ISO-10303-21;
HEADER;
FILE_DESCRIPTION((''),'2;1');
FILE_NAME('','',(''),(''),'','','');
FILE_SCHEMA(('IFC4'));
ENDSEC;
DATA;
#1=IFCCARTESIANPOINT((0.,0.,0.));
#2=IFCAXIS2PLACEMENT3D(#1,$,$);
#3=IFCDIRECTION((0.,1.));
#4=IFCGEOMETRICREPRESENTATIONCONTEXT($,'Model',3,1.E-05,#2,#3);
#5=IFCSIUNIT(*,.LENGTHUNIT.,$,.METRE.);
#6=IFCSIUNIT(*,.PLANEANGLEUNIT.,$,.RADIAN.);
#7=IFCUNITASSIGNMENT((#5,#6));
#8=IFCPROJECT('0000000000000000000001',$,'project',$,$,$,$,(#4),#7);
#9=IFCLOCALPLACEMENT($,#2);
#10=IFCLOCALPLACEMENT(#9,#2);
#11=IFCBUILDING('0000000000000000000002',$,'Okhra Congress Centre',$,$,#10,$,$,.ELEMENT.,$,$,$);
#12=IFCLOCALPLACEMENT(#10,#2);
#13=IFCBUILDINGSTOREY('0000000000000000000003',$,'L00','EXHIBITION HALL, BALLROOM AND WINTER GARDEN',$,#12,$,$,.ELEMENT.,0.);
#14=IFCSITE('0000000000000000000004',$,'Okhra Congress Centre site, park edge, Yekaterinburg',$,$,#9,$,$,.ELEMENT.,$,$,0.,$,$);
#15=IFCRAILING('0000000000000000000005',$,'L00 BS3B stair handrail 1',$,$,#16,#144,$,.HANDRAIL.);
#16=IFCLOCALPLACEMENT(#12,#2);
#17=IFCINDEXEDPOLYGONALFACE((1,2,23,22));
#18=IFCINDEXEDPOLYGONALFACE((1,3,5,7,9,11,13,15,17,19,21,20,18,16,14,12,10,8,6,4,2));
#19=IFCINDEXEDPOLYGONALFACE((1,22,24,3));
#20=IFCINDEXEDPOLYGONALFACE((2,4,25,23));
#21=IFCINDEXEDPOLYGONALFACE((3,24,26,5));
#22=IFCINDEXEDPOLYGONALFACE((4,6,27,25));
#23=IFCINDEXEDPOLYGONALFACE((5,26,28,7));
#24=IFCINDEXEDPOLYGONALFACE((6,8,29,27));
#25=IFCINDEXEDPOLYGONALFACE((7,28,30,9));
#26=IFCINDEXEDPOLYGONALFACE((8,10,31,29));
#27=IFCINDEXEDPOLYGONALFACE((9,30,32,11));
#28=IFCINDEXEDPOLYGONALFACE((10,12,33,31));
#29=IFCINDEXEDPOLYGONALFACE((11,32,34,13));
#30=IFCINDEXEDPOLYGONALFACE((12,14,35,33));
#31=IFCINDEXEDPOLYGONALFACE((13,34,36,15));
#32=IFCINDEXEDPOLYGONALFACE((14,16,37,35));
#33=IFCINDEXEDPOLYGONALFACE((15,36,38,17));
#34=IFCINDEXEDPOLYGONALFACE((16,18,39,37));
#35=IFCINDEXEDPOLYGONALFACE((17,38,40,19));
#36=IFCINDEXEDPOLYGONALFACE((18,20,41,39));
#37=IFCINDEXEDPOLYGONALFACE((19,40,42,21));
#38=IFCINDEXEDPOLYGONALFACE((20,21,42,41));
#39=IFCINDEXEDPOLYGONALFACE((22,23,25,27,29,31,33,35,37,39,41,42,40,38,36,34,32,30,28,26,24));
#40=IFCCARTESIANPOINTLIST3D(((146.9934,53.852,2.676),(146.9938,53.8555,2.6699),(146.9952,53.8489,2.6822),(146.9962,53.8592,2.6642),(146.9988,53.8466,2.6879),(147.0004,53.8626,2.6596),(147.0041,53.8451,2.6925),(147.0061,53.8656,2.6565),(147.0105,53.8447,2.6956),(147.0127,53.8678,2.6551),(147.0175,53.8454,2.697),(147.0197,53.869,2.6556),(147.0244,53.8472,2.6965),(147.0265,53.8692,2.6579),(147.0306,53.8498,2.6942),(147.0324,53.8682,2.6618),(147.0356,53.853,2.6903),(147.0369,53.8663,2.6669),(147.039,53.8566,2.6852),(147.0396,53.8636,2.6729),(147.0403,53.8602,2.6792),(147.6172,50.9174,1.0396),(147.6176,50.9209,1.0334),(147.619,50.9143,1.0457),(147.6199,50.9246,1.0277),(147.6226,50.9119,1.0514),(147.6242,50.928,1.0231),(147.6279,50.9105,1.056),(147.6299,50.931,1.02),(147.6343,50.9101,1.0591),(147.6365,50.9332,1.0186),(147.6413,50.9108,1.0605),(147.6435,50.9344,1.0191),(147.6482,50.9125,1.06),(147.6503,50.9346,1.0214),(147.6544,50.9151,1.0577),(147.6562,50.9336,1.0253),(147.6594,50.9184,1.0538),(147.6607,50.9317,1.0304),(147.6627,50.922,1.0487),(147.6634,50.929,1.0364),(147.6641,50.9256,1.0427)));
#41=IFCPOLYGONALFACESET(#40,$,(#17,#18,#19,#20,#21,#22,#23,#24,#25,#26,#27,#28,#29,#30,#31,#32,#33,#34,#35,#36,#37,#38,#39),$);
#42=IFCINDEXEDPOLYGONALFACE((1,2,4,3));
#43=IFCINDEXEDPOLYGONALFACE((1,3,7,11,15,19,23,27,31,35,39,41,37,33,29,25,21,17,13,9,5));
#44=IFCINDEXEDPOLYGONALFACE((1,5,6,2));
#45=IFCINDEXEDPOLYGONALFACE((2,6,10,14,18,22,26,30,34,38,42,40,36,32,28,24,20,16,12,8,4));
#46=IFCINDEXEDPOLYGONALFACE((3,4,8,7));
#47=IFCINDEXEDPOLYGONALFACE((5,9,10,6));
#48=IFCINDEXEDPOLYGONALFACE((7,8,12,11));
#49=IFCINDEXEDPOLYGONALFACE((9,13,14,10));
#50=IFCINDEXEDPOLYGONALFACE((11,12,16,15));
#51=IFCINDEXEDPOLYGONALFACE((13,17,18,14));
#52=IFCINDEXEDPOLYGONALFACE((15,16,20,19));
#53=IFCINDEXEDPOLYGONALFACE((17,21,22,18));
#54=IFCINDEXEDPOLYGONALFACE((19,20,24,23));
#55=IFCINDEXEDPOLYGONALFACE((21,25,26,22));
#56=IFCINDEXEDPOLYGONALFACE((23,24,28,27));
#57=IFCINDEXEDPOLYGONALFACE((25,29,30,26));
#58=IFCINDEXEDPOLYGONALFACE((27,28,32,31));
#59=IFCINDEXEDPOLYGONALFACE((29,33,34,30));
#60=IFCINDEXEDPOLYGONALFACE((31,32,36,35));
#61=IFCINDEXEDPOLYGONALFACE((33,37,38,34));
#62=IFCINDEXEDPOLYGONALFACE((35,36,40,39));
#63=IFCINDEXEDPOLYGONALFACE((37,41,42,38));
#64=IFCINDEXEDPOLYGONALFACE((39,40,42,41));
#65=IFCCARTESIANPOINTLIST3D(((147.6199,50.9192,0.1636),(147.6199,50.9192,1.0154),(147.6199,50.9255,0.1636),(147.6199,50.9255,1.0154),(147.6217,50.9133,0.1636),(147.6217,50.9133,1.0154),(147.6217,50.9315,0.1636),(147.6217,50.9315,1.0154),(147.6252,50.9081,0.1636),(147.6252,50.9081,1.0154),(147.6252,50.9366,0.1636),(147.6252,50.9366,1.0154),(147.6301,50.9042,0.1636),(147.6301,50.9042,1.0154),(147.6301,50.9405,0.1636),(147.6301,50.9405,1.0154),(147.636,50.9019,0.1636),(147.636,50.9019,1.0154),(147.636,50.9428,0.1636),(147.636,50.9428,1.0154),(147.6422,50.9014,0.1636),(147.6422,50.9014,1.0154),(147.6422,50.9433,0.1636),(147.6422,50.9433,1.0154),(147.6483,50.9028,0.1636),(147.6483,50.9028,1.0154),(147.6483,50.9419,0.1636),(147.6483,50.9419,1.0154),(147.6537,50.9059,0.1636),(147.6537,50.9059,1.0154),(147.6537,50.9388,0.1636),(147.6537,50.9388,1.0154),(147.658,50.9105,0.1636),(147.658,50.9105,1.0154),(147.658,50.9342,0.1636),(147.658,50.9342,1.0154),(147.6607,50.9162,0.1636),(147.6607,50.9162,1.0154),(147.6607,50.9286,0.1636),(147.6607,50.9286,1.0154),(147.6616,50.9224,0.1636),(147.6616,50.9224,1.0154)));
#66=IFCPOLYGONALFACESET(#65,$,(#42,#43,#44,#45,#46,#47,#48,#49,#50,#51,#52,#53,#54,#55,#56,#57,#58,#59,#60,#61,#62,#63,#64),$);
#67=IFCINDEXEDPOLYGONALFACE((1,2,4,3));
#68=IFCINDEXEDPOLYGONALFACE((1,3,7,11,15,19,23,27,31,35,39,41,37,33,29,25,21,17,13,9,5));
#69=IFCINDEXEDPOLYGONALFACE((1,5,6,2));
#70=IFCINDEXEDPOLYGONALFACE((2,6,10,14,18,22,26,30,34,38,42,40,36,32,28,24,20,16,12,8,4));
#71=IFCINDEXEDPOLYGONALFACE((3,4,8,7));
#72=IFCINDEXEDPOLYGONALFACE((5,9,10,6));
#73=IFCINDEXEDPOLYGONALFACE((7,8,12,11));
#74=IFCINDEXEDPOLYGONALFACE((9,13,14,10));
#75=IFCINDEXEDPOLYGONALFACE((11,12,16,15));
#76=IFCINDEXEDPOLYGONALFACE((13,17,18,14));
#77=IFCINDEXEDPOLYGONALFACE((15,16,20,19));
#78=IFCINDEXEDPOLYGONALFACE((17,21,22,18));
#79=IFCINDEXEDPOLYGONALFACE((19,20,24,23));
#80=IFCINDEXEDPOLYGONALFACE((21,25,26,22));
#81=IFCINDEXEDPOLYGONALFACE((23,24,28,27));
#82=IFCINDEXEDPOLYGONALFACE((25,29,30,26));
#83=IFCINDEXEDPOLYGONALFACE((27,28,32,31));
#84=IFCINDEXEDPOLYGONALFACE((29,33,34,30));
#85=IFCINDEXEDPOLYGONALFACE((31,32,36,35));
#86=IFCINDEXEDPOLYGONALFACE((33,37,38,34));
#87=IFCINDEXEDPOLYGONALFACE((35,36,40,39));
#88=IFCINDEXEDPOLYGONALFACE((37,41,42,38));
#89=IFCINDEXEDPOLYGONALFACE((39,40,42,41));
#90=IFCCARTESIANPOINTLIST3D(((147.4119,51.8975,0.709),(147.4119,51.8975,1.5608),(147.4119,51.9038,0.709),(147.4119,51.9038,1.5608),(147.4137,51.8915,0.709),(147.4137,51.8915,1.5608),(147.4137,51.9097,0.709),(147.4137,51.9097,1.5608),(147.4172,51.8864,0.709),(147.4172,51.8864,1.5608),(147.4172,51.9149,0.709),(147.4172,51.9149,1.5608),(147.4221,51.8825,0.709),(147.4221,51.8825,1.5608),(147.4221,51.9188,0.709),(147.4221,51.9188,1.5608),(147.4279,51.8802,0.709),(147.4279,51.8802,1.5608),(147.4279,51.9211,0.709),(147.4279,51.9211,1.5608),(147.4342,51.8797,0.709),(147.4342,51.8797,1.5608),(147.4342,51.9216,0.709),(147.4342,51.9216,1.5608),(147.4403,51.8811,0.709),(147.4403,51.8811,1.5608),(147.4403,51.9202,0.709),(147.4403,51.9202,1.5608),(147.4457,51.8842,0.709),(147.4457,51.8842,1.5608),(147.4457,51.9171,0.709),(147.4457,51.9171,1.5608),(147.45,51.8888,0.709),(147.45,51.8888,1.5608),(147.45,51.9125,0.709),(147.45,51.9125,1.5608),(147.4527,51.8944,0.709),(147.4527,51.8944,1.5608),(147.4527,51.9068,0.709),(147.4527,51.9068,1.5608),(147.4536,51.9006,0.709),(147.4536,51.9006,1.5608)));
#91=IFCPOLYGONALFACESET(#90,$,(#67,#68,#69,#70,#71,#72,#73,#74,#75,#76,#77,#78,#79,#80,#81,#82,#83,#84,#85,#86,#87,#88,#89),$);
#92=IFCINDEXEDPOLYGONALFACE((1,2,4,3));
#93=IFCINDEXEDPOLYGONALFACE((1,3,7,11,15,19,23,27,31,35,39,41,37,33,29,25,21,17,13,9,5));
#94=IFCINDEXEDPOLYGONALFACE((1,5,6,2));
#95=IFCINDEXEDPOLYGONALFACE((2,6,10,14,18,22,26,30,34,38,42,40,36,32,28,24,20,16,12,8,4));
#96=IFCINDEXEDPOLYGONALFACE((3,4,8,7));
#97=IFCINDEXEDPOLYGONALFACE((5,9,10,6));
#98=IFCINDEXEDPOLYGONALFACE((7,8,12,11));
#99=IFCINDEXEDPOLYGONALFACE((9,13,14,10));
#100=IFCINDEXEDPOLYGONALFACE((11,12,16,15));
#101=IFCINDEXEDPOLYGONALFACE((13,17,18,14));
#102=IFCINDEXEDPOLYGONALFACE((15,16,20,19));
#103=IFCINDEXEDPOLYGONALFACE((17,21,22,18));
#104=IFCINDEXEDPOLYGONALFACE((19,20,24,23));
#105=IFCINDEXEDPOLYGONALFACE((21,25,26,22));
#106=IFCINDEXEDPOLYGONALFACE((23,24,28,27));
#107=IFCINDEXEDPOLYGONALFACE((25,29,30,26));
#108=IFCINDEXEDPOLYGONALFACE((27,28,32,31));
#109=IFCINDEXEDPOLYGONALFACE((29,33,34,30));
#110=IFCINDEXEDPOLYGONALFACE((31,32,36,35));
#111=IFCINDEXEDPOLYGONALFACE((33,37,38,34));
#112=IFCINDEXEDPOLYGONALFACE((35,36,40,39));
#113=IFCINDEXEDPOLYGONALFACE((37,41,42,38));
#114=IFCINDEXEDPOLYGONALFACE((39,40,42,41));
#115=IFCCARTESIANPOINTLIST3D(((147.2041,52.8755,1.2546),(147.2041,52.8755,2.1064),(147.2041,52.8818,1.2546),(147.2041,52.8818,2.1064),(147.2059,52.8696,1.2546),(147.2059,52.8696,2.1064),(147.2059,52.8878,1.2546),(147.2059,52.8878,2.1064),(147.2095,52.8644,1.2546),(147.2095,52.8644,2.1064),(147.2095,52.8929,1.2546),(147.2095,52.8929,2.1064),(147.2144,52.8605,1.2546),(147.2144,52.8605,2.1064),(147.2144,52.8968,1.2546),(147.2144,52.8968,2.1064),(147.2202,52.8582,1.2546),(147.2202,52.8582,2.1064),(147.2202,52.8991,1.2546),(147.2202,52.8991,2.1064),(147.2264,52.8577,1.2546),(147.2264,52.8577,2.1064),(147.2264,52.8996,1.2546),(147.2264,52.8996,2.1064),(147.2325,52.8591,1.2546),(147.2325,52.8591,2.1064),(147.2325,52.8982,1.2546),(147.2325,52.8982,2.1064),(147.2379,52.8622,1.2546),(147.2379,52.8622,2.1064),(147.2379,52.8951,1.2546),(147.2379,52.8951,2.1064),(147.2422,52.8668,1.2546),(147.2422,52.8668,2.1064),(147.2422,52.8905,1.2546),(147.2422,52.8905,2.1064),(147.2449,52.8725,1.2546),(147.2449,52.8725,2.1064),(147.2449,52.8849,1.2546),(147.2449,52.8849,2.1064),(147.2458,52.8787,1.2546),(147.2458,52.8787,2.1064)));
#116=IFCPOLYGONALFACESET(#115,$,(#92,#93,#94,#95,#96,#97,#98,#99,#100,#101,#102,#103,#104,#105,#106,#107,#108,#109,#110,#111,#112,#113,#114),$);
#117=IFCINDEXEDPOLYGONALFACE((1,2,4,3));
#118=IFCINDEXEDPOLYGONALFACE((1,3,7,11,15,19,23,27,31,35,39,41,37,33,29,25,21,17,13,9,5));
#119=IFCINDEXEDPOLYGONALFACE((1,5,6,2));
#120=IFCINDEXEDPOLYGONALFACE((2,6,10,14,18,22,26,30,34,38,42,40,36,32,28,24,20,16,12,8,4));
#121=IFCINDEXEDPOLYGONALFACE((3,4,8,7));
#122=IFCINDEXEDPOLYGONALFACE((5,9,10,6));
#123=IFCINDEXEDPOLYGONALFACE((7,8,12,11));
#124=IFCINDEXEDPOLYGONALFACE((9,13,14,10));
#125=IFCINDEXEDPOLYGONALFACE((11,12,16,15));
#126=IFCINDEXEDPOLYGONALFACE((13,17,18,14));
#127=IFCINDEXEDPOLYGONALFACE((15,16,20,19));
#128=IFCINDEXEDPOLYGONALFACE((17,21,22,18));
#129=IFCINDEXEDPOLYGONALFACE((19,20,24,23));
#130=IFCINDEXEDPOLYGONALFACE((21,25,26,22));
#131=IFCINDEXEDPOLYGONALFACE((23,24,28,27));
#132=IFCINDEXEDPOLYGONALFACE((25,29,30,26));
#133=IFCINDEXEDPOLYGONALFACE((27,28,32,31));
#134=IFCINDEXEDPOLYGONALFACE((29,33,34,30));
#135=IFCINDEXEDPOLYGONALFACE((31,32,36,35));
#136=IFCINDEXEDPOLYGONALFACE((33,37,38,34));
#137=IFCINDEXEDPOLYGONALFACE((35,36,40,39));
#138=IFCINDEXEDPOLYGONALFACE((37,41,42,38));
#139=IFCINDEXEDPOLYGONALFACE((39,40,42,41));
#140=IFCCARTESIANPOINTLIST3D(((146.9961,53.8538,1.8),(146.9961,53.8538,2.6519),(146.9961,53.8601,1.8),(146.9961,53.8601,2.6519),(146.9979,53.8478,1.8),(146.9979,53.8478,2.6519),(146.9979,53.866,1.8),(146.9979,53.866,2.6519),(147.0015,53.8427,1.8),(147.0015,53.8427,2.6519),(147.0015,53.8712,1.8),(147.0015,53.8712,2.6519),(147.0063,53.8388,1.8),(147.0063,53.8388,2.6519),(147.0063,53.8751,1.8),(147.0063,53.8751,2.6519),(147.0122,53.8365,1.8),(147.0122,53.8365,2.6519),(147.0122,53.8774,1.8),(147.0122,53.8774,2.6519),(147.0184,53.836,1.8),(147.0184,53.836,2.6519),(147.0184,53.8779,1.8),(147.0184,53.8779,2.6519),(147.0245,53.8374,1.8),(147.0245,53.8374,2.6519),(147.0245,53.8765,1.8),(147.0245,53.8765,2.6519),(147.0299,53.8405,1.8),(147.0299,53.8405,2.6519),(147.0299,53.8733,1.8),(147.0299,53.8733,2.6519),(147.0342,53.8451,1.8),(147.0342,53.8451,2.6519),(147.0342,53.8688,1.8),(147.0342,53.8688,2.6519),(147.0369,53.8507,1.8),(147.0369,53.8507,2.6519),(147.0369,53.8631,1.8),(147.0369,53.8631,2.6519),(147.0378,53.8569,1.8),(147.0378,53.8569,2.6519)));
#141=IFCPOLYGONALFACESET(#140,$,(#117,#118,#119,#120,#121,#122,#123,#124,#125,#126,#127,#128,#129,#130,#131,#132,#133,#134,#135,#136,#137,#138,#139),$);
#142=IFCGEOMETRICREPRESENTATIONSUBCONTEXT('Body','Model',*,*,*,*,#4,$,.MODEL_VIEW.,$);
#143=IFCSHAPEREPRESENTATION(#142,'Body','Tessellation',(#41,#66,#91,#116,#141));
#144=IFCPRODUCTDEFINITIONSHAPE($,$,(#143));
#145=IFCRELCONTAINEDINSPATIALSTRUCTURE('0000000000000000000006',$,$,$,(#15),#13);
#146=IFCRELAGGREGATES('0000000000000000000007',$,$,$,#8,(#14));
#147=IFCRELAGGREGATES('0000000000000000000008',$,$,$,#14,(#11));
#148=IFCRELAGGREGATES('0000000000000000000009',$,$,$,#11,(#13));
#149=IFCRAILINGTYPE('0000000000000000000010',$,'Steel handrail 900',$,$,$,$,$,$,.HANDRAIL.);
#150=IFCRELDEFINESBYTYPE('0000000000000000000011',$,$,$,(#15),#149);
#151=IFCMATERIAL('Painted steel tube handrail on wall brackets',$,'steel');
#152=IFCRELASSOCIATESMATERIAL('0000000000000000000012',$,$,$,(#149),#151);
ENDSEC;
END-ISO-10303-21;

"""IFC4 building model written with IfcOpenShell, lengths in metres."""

from ifc_helpers import new_model, si_unit, direction, frame, origin, origin_2d, place, context, subcontext, project, spatial, circle, extrude, material, type_object, element, save


model = new_model("IFC4")

# Units and contexts
model_context = context("Model", 3, precision=1e-05, world=origin(), true_north=direction((0.0, 1.0)))
body_context = subcontext(model_context, "Body", "Model", "MODEL_VIEW")
ifc_project = project(units=[si_unit("LENGTHUNIT", "METRE"), si_unit("PLANEANGLEUNIT", "RADIAN")], contexts=[model_context])

# Site, building, storey
site_placement = place(None, origin())
site = spatial("IfcSite", under=ifc_project, at=site_placement, Name="Okhra Congress Centre site, park edge, Yekaterinburg", CompositionType="ELEMENT", RefElevation=0.0)
building_placement = place(site_placement, origin())
building = spatial("IfcBuilding", under=site, at=building_placement, Name="Okhra Congress Centre", CompositionType="ELEMENT")
storey_placement = place(building_placement, origin())
storey = spatial("IfcBuildingStorey", under=building, at=storey_placement, Name="L00", Description="EXHIBITION HALL, BALLROOM AND WINTER GARDEN", CompositionType="ELEMENT", Elevation=0.0)

# Railing
ifc_material_1 = material(Name="Painted steel tube handrail on wall brackets", Category="steel")
railing_type_1 = type_object("IfcRailingType", Name="Steel handrail 900", PredefinedType="HANDRAIL", material=ifc_material_1)
railing_1_placement = place(storey_placement, frame((147.6406, 50.9224, 0.1636)))
element("IfcRailing", 1, at=railing_1_placement, inside=storey, type_object=railing_type_1, Name="L00 BS3B stair handrail 1", PredefinedType="HANDRAIL", context=body_context, shape_type="SweptSolid", body=[
    extrude(circle(Radius=0.0239, at=origin_2d()), frame((0.0, 0.0, 0.876), z_axis=(-0.182529, 0.858706, 0.478861), x_axis=(-0.978146, -0.207917, 0.0)), (0.0, 0.0, 1.0), 3.4175),
    extrude(circle(Radius=0.021, at=origin_2d()), origin(), (0.0, 0.0, 1.0), 0.8518),
    extrude(circle(Radius=0.021, at=origin_2d()), frame((-0.208, 0.9783, 0.5454)), (0.0, 0.0, 1.0), 0.8518),
    extrude(circle(Radius=0.021, at=origin_2d()), frame((-0.4158, 1.9563, 1.0911)), (0.0, 0.0, 1.0), 0.8518),
    extrude(circle(Radius=0.021, at=origin_2d()), frame((-0.6238, 2.9346, 1.6365)), (0.0, 0.0, 1.0), 0.8518),
])

save(model, "model.ifc")
